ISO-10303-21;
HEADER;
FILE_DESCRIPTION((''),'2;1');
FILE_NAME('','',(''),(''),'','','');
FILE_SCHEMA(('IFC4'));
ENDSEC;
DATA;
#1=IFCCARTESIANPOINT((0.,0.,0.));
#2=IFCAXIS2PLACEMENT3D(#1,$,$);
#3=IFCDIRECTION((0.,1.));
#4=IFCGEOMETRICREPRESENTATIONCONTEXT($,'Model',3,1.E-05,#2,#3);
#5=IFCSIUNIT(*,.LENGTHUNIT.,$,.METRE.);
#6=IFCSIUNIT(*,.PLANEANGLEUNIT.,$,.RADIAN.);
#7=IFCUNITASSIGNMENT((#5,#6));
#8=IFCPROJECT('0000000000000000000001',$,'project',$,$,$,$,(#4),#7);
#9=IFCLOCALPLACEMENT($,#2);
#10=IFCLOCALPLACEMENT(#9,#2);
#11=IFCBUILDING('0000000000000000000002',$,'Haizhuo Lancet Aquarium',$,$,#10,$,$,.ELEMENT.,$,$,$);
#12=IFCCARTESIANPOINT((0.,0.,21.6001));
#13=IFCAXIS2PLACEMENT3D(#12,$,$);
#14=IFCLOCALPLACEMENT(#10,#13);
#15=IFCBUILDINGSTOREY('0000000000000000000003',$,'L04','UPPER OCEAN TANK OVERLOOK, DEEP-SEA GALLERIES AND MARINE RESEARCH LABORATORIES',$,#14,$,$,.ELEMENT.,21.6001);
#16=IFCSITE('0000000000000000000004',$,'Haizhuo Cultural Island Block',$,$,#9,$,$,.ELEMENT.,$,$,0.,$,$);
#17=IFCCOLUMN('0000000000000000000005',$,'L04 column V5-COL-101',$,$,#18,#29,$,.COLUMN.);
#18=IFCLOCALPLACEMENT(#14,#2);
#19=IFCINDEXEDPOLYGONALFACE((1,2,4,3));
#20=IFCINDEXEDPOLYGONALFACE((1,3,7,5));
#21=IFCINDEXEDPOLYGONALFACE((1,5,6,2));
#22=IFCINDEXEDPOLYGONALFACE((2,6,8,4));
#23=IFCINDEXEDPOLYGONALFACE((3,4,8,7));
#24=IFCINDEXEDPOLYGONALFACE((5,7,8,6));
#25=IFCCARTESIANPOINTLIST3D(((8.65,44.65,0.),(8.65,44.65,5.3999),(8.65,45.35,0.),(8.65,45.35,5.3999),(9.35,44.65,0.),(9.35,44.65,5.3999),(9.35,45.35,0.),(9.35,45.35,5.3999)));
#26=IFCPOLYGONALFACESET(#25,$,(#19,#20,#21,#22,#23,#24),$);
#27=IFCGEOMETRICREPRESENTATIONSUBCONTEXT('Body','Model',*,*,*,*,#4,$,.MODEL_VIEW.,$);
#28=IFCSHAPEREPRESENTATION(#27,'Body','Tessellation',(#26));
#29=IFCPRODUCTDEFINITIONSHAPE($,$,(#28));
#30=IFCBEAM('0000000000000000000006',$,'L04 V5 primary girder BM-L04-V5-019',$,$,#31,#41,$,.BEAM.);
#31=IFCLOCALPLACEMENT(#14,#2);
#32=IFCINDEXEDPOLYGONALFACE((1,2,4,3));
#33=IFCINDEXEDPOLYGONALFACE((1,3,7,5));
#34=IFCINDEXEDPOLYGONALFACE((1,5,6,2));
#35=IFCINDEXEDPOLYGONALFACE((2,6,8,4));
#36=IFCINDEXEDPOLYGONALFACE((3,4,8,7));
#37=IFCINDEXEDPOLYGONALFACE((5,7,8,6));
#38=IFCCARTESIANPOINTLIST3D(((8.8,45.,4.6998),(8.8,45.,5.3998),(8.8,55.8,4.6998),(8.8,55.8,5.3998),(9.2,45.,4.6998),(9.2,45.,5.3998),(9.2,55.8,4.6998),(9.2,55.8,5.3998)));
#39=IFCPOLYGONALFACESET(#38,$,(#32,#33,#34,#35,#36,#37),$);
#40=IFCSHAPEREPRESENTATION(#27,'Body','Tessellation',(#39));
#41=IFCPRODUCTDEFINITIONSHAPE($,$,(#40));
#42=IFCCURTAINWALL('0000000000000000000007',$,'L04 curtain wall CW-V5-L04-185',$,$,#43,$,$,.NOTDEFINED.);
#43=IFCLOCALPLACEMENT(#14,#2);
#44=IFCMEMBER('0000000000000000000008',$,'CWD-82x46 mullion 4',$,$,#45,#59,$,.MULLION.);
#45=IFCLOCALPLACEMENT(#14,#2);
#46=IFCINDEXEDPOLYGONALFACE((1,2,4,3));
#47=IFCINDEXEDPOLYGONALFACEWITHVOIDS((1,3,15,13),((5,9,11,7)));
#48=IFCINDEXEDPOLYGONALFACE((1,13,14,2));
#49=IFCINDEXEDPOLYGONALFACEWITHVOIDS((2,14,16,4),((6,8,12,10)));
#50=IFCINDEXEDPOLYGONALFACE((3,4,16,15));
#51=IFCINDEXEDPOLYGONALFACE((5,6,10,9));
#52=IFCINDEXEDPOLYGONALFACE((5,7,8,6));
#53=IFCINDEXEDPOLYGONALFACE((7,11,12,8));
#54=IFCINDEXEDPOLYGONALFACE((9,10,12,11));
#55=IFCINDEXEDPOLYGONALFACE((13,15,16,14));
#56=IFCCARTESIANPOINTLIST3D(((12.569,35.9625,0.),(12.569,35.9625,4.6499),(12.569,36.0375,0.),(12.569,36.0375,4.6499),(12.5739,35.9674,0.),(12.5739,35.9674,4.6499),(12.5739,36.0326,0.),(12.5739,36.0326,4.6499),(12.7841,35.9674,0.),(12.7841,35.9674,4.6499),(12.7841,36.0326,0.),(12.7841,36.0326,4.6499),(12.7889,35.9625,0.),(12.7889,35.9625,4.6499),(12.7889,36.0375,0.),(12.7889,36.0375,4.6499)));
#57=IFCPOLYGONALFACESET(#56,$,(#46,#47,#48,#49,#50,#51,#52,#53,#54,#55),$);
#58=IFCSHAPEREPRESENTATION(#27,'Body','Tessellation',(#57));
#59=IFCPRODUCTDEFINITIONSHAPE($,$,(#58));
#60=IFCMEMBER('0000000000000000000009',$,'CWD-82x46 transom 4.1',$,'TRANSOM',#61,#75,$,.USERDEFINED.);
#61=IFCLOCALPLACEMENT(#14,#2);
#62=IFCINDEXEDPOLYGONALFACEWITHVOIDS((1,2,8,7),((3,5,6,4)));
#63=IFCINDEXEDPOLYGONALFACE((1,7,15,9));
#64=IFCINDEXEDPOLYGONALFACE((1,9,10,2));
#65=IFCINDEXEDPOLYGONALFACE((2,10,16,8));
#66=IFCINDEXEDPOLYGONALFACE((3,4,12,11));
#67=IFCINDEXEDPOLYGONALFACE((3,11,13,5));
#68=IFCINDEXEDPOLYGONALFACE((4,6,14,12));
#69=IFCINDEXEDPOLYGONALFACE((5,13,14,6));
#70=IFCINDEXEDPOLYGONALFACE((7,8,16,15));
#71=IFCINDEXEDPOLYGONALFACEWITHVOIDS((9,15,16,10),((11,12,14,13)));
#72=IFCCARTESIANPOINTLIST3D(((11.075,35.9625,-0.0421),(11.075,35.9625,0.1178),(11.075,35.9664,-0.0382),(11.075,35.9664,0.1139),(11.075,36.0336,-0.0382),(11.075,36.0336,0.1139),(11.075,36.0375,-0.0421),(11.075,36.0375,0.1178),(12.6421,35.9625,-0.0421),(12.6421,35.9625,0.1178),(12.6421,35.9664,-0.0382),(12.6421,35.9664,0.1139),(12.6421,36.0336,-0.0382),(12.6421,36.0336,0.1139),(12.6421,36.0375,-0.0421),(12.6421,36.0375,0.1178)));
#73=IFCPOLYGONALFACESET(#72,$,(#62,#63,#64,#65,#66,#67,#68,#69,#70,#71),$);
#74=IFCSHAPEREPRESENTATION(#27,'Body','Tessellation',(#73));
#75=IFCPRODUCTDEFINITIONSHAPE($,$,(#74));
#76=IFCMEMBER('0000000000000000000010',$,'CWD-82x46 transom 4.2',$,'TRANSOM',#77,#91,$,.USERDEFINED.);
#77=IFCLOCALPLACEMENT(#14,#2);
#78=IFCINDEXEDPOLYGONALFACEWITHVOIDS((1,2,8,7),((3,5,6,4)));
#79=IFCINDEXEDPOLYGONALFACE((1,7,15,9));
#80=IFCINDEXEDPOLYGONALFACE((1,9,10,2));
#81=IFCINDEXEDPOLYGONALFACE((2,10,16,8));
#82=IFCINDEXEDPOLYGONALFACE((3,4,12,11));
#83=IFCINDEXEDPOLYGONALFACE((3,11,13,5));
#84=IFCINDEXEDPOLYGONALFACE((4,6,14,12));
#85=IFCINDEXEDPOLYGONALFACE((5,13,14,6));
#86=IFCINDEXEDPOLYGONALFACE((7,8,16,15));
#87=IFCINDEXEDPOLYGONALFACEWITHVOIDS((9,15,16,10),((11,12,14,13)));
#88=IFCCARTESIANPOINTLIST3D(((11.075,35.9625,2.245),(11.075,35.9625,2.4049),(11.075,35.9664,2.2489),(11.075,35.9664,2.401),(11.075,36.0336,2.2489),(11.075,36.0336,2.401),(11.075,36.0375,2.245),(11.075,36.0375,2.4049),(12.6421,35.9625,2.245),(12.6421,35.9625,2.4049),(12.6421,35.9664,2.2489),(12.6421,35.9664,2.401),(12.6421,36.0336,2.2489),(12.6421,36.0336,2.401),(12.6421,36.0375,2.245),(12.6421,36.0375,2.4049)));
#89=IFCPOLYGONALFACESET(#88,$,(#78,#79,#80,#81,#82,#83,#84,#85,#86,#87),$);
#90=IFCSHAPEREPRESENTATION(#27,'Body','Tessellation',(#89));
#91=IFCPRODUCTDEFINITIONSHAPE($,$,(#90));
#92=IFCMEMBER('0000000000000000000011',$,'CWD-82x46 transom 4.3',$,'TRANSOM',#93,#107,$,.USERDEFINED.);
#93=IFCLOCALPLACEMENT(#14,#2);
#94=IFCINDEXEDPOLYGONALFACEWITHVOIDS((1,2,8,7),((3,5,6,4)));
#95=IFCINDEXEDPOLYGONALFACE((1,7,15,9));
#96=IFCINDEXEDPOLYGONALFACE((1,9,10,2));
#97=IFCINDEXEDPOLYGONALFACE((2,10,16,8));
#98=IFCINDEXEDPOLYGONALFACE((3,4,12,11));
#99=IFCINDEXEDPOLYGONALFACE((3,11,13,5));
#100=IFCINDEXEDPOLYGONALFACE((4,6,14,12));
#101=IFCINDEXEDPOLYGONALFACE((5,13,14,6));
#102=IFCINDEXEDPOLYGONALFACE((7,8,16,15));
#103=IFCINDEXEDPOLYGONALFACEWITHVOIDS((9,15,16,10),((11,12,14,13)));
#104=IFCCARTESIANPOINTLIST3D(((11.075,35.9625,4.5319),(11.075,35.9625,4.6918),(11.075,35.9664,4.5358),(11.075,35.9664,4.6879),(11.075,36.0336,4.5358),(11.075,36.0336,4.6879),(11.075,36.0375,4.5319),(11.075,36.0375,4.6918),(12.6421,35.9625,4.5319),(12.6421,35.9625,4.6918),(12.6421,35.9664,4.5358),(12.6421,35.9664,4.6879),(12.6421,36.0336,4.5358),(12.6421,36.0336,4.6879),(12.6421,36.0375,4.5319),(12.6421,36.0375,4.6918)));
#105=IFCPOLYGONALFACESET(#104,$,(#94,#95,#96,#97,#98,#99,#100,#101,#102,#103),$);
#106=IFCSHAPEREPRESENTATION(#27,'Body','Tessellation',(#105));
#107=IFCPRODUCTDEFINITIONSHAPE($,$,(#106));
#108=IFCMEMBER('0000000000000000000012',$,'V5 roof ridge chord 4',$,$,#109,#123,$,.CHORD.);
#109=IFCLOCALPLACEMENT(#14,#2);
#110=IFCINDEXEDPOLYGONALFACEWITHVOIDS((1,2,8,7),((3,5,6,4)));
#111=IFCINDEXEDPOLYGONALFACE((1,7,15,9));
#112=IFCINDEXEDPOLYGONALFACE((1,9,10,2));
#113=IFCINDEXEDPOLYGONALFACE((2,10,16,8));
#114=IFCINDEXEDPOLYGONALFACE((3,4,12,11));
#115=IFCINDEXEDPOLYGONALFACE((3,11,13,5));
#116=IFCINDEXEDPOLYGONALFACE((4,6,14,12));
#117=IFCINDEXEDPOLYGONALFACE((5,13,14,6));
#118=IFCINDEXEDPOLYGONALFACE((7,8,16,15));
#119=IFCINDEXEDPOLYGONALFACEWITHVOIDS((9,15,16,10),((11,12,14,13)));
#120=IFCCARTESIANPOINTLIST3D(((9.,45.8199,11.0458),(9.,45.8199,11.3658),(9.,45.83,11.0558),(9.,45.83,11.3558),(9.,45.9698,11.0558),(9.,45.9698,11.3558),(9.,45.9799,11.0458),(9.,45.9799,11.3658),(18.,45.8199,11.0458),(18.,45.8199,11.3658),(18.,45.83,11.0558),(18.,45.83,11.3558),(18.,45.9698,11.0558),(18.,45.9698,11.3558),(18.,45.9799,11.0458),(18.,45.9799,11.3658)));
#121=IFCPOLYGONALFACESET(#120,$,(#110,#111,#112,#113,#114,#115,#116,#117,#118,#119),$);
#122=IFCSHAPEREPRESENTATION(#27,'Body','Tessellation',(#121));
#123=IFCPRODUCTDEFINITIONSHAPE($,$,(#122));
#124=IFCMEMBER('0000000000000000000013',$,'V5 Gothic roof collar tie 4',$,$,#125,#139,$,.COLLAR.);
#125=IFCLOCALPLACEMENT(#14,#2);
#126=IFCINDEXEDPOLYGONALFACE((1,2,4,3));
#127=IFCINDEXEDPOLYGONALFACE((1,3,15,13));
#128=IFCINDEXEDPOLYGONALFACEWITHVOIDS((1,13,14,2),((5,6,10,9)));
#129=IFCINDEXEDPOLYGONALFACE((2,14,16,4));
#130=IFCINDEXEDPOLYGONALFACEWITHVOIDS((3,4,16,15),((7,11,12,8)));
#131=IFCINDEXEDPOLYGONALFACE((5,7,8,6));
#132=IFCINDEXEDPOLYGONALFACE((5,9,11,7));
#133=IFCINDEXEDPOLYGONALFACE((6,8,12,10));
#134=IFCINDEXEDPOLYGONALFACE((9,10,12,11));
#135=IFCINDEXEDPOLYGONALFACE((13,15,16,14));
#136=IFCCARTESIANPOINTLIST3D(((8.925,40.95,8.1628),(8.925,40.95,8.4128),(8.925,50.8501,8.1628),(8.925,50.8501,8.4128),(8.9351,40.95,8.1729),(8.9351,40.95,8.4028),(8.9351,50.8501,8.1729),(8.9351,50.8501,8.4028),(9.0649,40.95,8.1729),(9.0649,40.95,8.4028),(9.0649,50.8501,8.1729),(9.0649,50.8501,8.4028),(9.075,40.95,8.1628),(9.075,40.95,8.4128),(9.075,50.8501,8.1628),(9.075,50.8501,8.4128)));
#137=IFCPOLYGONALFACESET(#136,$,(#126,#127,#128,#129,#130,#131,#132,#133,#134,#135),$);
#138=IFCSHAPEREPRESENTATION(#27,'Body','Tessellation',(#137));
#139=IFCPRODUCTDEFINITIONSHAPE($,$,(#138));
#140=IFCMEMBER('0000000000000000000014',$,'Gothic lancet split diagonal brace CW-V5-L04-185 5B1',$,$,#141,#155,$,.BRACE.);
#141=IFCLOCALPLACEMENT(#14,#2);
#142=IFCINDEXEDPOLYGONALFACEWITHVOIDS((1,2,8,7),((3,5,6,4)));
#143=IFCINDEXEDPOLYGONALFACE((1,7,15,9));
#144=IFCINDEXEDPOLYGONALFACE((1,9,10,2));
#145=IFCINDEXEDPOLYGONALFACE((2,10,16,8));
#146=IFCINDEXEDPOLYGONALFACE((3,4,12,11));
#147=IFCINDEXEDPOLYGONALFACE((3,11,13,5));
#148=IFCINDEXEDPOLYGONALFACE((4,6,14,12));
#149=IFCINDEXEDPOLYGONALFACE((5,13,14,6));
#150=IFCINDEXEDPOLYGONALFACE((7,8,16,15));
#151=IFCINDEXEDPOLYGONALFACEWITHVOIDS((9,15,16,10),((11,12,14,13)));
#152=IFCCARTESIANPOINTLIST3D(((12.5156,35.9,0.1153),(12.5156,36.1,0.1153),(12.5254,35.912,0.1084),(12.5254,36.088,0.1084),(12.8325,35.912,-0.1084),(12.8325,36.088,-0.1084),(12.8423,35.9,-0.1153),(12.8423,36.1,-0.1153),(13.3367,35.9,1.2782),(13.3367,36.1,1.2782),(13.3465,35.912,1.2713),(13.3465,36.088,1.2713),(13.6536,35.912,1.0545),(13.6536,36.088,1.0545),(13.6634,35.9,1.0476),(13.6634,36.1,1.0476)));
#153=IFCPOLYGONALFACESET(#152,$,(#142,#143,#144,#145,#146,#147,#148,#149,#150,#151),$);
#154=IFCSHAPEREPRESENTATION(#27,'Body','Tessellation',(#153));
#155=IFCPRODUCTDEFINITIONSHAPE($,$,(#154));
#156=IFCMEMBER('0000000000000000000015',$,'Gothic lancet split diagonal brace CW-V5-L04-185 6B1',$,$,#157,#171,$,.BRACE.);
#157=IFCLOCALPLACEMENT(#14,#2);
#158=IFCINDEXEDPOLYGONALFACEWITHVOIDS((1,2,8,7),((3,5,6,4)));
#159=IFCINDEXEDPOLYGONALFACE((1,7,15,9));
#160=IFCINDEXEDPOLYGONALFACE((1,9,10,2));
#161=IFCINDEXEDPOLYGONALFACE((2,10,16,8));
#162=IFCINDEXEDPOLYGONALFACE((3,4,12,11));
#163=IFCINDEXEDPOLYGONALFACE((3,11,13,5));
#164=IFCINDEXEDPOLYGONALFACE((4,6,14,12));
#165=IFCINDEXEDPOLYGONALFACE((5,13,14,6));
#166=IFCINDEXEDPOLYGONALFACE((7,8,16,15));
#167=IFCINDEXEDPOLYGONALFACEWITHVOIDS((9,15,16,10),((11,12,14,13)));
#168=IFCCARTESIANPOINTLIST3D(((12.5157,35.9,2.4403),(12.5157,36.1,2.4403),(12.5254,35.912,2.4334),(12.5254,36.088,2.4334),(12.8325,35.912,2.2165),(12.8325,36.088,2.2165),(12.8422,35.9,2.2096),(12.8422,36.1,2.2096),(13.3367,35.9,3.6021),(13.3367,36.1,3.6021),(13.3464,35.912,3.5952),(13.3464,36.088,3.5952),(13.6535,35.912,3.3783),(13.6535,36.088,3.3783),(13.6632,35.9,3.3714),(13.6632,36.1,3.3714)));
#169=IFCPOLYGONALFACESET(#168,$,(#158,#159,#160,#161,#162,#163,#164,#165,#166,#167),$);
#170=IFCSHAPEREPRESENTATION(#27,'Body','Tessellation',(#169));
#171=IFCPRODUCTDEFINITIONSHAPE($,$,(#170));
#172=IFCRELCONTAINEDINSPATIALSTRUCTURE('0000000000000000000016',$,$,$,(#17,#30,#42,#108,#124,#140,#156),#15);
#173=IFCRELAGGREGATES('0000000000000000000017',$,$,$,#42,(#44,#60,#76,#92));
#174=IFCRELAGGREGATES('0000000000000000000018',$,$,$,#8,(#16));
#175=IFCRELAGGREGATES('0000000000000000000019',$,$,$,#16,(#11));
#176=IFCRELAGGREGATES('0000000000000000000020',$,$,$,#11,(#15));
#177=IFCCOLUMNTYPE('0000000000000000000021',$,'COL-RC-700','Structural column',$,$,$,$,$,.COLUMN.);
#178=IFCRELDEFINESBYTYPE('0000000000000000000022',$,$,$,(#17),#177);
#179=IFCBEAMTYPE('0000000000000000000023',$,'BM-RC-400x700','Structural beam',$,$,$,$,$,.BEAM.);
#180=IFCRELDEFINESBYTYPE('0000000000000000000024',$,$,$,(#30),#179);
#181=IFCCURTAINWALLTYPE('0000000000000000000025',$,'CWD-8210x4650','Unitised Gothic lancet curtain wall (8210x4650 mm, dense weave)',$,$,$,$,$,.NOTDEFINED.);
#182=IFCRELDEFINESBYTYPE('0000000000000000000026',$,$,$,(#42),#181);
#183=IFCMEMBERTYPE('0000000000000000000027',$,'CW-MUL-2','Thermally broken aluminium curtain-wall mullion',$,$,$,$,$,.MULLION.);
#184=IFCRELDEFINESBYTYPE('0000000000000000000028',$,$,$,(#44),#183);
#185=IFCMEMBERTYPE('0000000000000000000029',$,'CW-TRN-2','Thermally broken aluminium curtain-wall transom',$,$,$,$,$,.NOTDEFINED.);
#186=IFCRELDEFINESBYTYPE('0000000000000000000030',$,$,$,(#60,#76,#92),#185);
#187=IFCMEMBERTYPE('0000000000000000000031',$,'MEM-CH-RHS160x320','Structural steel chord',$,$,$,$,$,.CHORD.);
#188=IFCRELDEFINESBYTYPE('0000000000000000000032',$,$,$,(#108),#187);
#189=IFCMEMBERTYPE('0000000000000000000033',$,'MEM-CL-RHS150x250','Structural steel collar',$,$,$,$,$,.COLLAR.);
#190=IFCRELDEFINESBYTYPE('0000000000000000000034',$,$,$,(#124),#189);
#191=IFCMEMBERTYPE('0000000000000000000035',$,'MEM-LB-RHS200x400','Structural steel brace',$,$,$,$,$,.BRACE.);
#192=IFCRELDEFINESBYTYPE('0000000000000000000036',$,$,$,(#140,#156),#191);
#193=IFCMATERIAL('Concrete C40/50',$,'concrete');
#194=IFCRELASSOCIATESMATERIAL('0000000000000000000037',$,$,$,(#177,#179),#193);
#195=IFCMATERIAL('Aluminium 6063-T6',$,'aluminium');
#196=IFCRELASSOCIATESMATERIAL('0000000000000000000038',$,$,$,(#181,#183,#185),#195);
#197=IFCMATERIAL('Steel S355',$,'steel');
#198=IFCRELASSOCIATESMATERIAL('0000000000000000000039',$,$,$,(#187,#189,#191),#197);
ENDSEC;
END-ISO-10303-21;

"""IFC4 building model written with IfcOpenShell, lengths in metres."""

from ifc_helpers import new_model, si_unit, direction, frame, origin, origin_2d, place, context, subcontext, project, spatial, rectangle, hollow_rectangle, extrude, material, material_profile, profile_set, type_object, element, aggregate, save


model = new_model("IFC4")

# Units and contexts
model_context = context("Model", 3, precision=1e-05, world=origin(), true_north=direction((0.0, 1.0)))
body_context = subcontext(model_context, "Body", "Model", "MODEL_VIEW")
ifc_project = project(units=[si_unit("LENGTHUNIT", "METRE"), si_unit("PLANEANGLEUNIT", "RADIAN")], contexts=[model_context])

# Site, building, storey
site_placement = place(None, origin())
site = spatial("IfcSite", under=ifc_project, at=site_placement, Name="Haizhuo Cultural Island Block", CompositionType="ELEMENT", RefElevation=0.0)
building_placement = place(site_placement, origin())
building = spatial("IfcBuilding", under=site, at=building_placement, Name="Haizhuo Lancet Aquarium", CompositionType="ELEMENT")
storey_placement = place(building_placement, frame((0.0, 0.0, 21.6001)))
storey = spatial("IfcBuildingStorey", under=building, at=storey_placement, Name="L04", Description="UPPER OCEAN TANK OVERLOOK, DEEP-SEA GALLERIES AND MARINE RESEARCH LABORATORIES", CompositionType="ELEMENT", Elevation=21.6001)

# Column
ifc_material_1 = material(Name="Concrete C40/50", Category="concrete")
ifc_material_profile_1 = material_profile(ifc_material_1, rectangle(XDim=0.7, YDim=0.7, at=origin_2d()), Name="RC-COL 700x700")
ifc_profile_set_1 = profile_set([ifc_material_profile_1], Name="Concrete C40/50")
column_type = type_object("IfcColumnType", Name="COL-RC-700", Description="Structural column", PredefinedType="COLUMN", material=ifc_profile_set_1)
column_placement = place(storey_placement, frame((9.0, 45.0, 0.0), z_axis=(0.0, 0.0, 1.0), x_axis=(1.0, 0.0, 0.0)))
element("IfcColumn", 1, at=column_placement, inside=storey, type_object=column_type, Name="L04 column V5-COL-101", PredefinedType="COLUMN", context=body_context, shape_type="SweptSolid", body=[
    extrude(rectangle(XDim=0.7, YDim=0.7, at=origin_2d()), origin(), (0.0, 0.0, 1.0), 5.3999),
])

# Beam
ifc_material_profile_2 = material_profile(ifc_material_1, rectangle(XDim=0.3999, YDim=0.7, at=origin_2d()), Name="RC-BM 400x700")
ifc_profile_set_2 = profile_set([ifc_material_profile_2], Name="Concrete C40/50")
beam_type = type_object("IfcBeamType", Name="BM-RC-400x700", Description="Structural beam", PredefinedType="BEAM", material=ifc_profile_set_2)
beam_placement = place(storey_placement, frame((9.0, 45.0, 5.0498), z_axis=(0.0, 1.0, 0.0), x_axis=(-1.0, 0.0, 0.0)))
element("IfcBeam", 2, at=beam_placement, inside=storey, type_object=beam_type, Name="L04 V5 primary girder BM-L04-V5-019", PredefinedType="BEAM", context=body_context, shape_type="SweptSolid", body=[
    extrude(rectangle(XDim=0.3999, YDim=0.7, at=origin_2d()), origin(), (0.0, 0.0, 1.0), 10.8),
])

# Curtain wall, members
ifc_material_2 = material(Name="Aluminium 6063-T6", Category="aluminium")
curtain_wall_type = type_object("IfcCurtainWallType", Name="CWD-8210x4650", Description="Unitised Gothic lancet curtain wall (8210x4650 mm, dense weave)", PredefinedType="NOTDEFINED", material=ifc_material_2)
curtain_wall_placement = place(storey_placement, origin())
curtain_wall = element("IfcCurtainWall", 3, at=curtain_wall_placement, inside=storey, type_object=curtain_wall_type, Name="L04 curtain wall CW-V5-L04-185", PredefinedType="NOTDEFINED")
ifc_material_profile_3 = material_profile(ifc_material_2, hollow_rectangle(XDim=0.075, YDim=0.22, WallThickness=0.0049, at=origin_2d()), Name="ALU-M 75x220x5")
ifc_profile_set_3 = profile_set([ifc_material_profile_3], Name="Aluminium 6063-T6")
member_type_1 = type_object("IfcMemberType", Name="CW-MUL-2", Description="Thermally broken aluminium curtain-wall mullion", PredefinedType="MULLION", material=ifc_profile_set_3)
member_1_placement = place(storey_placement, frame((12.679, 36.0, 0.0), z_axis=(0.0, 0.0, 1.0), x_axis=(0.0, -1.0, 0.0)))
member_1 = element("IfcMember", 4, at=member_1_placement, type_object=member_type_1, Name="CWD-82x46 mullion 4", PredefinedType="MULLION", context=body_context, shape_type="SweptSolid", body=[
    extrude(hollow_rectangle(XDim=0.075, YDim=0.22, WallThickness=0.0049, at=origin_2d()), origin(), (0.0, 0.0, 1.0), 4.6499),
])
ifc_material_profile_4 = material_profile(ifc_material_2, hollow_rectangle(XDim=0.075, YDim=0.1599, WallThickness=0.0039, at=origin_2d()), Name="ALU-T 75x160x4")
ifc_profile_set_4 = profile_set([ifc_material_profile_4], Name="Aluminium 6063-T6")
member_type_2 = type_object("IfcMemberType", Name="CW-TRN-2", Description="Thermally broken aluminium curtain-wall transom", PredefinedType="NOTDEFINED", material=ifc_profile_set_4)
member_2_placement = place(storey_placement, frame((12.6421, 36.0, 0.0378), z_axis=(-1.0, 0.0, 0.0), x_axis=(0.0, -1.0, 0.0)))
member_2 = element("IfcMember", 5, at=member_2_placement, type_object=member_type_2, Name="CWD-82x46 transom 4.1", ObjectType="TRANSOM", PredefinedType="USERDEFINED", context=body_context, shape_type="SweptSolid", body=[
    extrude(hollow_rectangle(XDim=0.075, YDim=0.1599, WallThickness=0.0039, at=origin_2d()), origin(), (0.0, 0.0, 1.0), 1.5671),
])
member_3_placement = place(storey_placement, frame((12.6421, 36.0, 2.325), z_axis=(-1.0, 0.0, 0.0), x_axis=(0.0, -1.0, 0.0)))
member_3 = element("IfcMember", 6, at=member_3_placement, type_object=member_type_2, Name="CWD-82x46 transom 4.2", ObjectType="TRANSOM", PredefinedType="USERDEFINED", context=body_context, shape_type="SweptSolid", body=[
    extrude(hollow_rectangle(XDim=0.075, YDim=0.1599, WallThickness=0.0039, at=origin_2d()), origin(), (0.0, 0.0, 1.0), 1.5671),
])
member_4_placement = place(storey_placement, frame((12.6421, 36.0, 4.6118), z_axis=(-1.0, 0.0, 0.0), x_axis=(0.0, -1.0, 0.0)))
member_4 = element("IfcMember", 7, at=member_4_placement, type_object=member_type_2, Name="CWD-82x46 transom 4.3", ObjectType="TRANSOM", PredefinedType="USERDEFINED", context=body_context, shape_type="SweptSolid", body=[
    extrude(hollow_rectangle(XDim=0.075, YDim=0.1599, WallThickness=0.0039, at=origin_2d()), origin(), (0.0, 0.0, 1.0), 1.5671),
])
aggregate(curtain_wall, [member_1, member_2, member_3, member_4])

# Members
ifc_material_3 = material(Name="Steel S355", Category="steel")
ifc_material_profile_5 = material_profile(ifc_material_3, hollow_rectangle(XDim=0.1599, YDim=0.3201, WallThickness=0.01, at=origin_2d()), Name="RHS 160x320x10")
ifc_profile_set_5 = profile_set([ifc_material_profile_5], Name="Steel S355")
member_type_3 = type_object("IfcMemberType", Name="MEM-CH-RHS160x320", Description="Structural steel chord", PredefinedType="CHORD", material=ifc_profile_set_5)
member_5_placement = place(storey_placement, frame((9.0, 45.8999, 11.2058), z_axis=(1.0, 0.0, 0.0), x_axis=(0.0, 1.0, 0.0)))
element("IfcMember", 8, at=member_5_placement, inside=storey, type_object=member_type_3, Name="V5 roof ridge chord 4", PredefinedType="CHORD", context=body_context, shape_type="SweptSolid", body=[
    extrude(hollow_rectangle(XDim=0.1599, YDim=0.3201, WallThickness=0.01, at=origin_2d()), origin(), (0.0, 0.0, 1.0), 9.0),
])
ifc_material_profile_6 = material_profile(ifc_material_3, hollow_rectangle(XDim=0.1499, YDim=0.25, WallThickness=0.01, at=origin_2d()), Name="RHS 150x250x10")
ifc_profile_set_6 = profile_set([ifc_material_profile_6], Name="Steel S355")
member_type_4 = type_object("IfcMemberType", Name="MEM-CL-RHS150x250", Description="Structural steel collar", PredefinedType="COLLAR", material=ifc_profile_set_6)
member_6_placement = place(storey_placement, frame((9.0, 40.95, 8.2878), z_axis=(0.0, 1.0, 0.0), x_axis=(-1.0, 0.0, 0.0)))
element("IfcMember", 9, at=member_6_placement, inside=storey, type_object=member_type_4, Name="V5 Gothic roof collar tie 4", PredefinedType="COLLAR", context=body_context, shape_type="SweptSolid", body=[
    extrude(hollow_rectangle(XDim=0.1499, YDim=0.25, WallThickness=0.01, at=origin_2d()), origin(), (0.0, 0.0, 1.0), 9.9001),
])
ifc_material_profile_7 = material_profile(ifc_material_3, hollow_rectangle(XDim=0.2, YDim=0.3999, WallThickness=0.012, at=origin_2d()), Name="RHS 200x400x12")
ifc_profile_set_7 = profile_set([ifc_material_profile_7], Name="Steel S355")
member_type_5 = type_object("IfcMemberType", Name="MEM-LB-RHS200x400", Description="Structural steel brace", PredefinedType="BRACE", material=ifc_profile_set_7)
member_7_placement = place(storey_placement, frame((12.679, 36.0, 0.0), z_axis=(0.576784, 0.0, 0.816897), x_axis=(0.0, 1.0, 0.0)))
element("IfcMember", 10, at=member_7_placement, inside=storey, type_object=member_type_5, Name="Gothic lancet split diagonal brace CW-V5-L04-185 5B1", PredefinedType="BRACE", context=body_context, shape_type="SweptSolid", body=[
    extrude(hollow_rectangle(XDim=0.2, YDim=0.3999, WallThickness=0.012, at=origin_2d()), origin(), (0.0, 0.0, 1.0), 1.4236),
])
member_8_placement = place(storey_placement, frame((12.679, 36.0, 2.325), z_axis=(0.577108, 0.0, 0.816668), x_axis=(0.0, 1.0, 0.0)))
element("IfcMember", 11, at=member_8_placement, inside=storey, type_object=member_type_5, Name="Gothic lancet split diagonal brace CW-V5-L04-185 6B1", PredefinedType="BRACE", context=body_context, shape_type="SweptSolid", body=[
    extrude(hollow_rectangle(XDim=0.2, YDim=0.3999, WallThickness=0.012, at=origin_2d()), origin(), (0.0, 0.0, 1.0), 1.4226),
])

save(model, "model.ifc")
